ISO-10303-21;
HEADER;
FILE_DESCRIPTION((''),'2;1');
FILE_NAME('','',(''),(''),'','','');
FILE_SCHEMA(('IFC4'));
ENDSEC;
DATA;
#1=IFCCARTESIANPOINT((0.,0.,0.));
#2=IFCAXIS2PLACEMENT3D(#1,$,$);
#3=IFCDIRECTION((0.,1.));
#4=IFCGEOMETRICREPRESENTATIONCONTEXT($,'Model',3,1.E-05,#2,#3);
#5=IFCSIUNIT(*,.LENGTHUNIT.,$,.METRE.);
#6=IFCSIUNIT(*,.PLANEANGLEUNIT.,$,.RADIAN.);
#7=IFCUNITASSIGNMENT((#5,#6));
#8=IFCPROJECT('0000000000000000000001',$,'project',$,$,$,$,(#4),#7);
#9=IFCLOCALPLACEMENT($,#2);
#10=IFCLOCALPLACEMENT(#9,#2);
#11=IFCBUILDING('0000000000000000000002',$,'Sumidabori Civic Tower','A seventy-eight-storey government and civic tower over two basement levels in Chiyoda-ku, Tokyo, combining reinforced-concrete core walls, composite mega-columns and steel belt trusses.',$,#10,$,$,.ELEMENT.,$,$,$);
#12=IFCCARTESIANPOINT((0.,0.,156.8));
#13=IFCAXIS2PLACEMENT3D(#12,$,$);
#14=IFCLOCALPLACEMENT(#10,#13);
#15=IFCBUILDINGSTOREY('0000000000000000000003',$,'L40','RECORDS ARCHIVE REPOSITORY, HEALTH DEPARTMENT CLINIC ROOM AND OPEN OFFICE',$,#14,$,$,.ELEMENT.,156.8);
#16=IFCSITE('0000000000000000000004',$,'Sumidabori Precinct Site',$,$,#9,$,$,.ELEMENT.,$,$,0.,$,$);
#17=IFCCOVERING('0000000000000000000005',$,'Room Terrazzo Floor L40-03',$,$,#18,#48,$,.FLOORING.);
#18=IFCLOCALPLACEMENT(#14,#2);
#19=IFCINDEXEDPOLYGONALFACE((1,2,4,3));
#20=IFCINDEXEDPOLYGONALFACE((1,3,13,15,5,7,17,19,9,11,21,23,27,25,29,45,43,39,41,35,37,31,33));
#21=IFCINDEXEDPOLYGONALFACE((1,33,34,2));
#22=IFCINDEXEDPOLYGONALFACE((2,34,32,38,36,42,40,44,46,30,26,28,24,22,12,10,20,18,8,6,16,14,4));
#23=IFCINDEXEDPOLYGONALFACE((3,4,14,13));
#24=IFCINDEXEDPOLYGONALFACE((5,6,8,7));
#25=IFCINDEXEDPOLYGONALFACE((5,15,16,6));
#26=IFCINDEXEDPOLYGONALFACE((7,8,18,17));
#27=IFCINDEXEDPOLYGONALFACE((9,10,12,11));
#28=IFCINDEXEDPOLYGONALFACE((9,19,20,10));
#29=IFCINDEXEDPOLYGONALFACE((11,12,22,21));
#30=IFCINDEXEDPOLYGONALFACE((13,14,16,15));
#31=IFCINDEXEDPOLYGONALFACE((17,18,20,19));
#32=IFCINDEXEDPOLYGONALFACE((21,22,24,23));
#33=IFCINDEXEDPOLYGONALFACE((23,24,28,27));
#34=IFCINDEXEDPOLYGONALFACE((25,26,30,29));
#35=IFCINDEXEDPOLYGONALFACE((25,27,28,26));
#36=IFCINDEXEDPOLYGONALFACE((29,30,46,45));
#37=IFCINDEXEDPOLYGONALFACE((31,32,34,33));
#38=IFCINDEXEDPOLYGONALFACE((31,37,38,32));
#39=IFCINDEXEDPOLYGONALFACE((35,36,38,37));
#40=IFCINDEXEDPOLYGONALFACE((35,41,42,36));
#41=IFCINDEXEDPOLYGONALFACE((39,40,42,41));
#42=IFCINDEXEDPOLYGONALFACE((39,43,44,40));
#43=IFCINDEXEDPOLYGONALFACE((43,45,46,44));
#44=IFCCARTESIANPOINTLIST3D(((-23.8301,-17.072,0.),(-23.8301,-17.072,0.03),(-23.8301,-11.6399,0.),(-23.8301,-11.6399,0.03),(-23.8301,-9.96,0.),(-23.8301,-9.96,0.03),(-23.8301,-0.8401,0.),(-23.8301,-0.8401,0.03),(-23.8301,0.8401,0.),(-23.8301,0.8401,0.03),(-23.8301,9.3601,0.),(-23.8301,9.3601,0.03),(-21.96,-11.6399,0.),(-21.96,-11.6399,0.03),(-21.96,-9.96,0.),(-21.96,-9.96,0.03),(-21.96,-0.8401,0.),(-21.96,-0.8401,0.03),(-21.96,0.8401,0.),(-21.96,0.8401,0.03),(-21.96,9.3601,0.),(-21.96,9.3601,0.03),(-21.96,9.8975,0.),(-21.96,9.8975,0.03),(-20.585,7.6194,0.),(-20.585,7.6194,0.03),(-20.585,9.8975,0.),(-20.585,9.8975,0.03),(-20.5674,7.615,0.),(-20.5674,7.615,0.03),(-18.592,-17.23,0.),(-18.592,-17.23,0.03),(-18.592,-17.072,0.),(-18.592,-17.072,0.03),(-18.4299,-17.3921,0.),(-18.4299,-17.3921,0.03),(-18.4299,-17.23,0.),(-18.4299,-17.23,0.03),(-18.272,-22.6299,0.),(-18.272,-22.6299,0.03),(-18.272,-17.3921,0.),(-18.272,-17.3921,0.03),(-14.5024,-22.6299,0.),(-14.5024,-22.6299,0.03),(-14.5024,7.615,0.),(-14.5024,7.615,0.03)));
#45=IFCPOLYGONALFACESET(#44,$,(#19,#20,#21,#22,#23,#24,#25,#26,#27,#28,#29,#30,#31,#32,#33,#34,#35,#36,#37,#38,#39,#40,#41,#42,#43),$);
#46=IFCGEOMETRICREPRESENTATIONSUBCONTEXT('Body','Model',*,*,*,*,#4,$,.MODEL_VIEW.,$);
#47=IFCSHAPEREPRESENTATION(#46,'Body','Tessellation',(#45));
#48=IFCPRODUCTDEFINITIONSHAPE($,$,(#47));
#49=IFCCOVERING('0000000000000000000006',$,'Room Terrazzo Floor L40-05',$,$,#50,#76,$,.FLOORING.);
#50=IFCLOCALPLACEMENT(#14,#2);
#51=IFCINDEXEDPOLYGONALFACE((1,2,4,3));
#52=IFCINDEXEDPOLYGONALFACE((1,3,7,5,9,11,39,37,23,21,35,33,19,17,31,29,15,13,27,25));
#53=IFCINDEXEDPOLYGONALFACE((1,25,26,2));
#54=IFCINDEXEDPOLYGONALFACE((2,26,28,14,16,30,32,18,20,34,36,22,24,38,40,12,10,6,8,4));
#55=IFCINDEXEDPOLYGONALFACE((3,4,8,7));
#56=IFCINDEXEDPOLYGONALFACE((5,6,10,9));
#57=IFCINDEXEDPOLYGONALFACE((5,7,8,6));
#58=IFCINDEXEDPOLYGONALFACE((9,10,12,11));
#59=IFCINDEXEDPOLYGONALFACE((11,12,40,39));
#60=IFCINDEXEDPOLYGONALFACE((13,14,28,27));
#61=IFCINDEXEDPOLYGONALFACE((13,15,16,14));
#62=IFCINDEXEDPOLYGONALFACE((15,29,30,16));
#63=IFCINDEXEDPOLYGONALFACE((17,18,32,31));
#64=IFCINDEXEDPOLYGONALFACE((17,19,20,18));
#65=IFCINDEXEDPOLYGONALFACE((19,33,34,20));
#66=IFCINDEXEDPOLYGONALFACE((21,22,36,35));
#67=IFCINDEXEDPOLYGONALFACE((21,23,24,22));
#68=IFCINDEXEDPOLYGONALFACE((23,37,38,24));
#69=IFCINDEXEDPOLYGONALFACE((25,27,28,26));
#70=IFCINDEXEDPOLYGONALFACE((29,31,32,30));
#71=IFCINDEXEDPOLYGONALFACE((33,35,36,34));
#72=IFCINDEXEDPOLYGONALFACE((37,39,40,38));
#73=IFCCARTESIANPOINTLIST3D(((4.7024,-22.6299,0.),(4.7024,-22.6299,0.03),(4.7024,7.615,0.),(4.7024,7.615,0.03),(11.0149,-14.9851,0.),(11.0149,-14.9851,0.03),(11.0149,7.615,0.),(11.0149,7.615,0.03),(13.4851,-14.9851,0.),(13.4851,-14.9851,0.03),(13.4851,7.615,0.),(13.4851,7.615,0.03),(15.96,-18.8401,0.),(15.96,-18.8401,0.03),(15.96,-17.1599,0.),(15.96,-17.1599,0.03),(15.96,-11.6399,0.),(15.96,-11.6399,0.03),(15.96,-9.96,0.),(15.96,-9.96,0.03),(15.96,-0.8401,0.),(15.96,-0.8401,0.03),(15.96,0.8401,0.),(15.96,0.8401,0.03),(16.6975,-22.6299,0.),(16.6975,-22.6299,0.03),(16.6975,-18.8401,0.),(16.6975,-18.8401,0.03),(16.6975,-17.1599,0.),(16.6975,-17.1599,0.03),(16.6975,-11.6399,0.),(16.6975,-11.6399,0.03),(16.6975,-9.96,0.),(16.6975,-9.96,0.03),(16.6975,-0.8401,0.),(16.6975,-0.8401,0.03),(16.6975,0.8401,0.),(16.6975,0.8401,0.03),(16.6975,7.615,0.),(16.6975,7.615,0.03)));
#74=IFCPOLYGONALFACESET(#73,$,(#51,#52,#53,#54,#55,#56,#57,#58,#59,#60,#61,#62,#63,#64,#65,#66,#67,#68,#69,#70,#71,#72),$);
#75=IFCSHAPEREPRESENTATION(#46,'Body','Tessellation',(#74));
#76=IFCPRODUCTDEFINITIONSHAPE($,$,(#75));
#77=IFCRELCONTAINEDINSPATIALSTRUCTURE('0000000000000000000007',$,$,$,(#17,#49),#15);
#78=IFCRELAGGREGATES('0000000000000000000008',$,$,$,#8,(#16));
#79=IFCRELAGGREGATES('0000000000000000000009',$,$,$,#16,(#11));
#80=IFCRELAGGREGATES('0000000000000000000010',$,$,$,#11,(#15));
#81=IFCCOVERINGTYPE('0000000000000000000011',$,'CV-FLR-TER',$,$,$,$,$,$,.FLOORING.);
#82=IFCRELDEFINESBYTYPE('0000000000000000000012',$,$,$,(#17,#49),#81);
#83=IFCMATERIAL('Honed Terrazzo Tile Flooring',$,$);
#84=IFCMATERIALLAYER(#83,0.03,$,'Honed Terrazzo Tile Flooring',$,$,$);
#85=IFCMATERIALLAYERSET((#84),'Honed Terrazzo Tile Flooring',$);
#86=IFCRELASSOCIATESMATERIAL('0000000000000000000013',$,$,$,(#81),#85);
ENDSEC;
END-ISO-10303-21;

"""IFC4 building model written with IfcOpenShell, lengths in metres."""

from ifc_helpers import new_model, si_unit, direction, frame, origin, place, context, subcontext, project, spatial, polyline, outline, extrude, material, layer, layer_set, type_object, element, save


model = new_model("IFC4")

# Units and contexts
model_context = context("Model", 3, precision=1e-05, world=origin(), true_north=direction((0.0, 1.0)))
body_context = subcontext(model_context, "Body", "Model", "MODEL_VIEW")
ifc_project = project(units=[si_unit("LENGTHUNIT", "METRE"), si_unit("PLANEANGLEUNIT", "RADIAN")], contexts=[model_context])

# Site, building, storey
site_placement = place(None, origin())
site = spatial("IfcSite", under=ifc_project, at=site_placement, Name="Sumidabori Precinct Site", CompositionType="ELEMENT", RefElevation=0.0)
building_placement = place(site_placement, origin())
building = spatial("IfcBuilding", under=site, at=building_placement, Name="Sumidabori Civic Tower", Description="A seventy-eight-storey government and civic tower over two basement levels in Chiyoda-ku, Tokyo, combining reinforced-concrete core walls, composite mega-columns and steel belt trusses.", CompositionType="ELEMENT")
storey_placement = place(building_placement, frame((0.0, 0.0, 156.8)))
storey = spatial("IfcBuildingStorey", under=building, at=storey_placement, Name="L40", Description="RECORDS ARCHIVE REPOSITORY, HEALTH DEPARTMENT CLINIC ROOM AND OPEN OFFICE", CompositionType="ELEMENT", Elevation=156.8)

# Coverings
ifc_material_1 = material(Name="Honed Terrazzo Tile Flooring")
ifc_layer_1 = layer(ifc_material_1, 0.03, Name="Honed Terrazzo Tile Flooring")
ifc_layer_set_1 = layer_set([ifc_layer_1], Name="Honed Terrazzo Tile Flooring")
covering_type_1 = type_object("IfcCoveringType", Name="CV-FLR-TER", PredefinedType="FLOORING", material=ifc_layer_set_1)
covering_1_placement = place(storey_placement, origin())
element("IfcCovering", 1, at=covering_1_placement, inside=storey, type_object=covering_type_1, Name="Room Terrazzo Floor L40-03", PredefinedType="FLOORING", context=body_context, shape_type="SweptSolid", body=[
    extrude(outline(polyline([(-23.8301, -0.8401), (-21.96, -0.8401), (-21.96, 0.8401), (-23.8301, 0.8401), (-23.8301, 9.3601), (-21.96, 9.3601), (-21.96, 9.8975), (-20.585, 9.8975), (-20.585, 7.6194), (-20.5674, 7.615), (-14.5024, 7.615), (-14.5024, -22.6299), (-18.272, -22.6299), (-18.272, -17.3921), (-18.4299, -17.3921), (-18.4299, -17.23), (-18.592, -17.23), (-18.592, -17.072), (-23.8301, -17.072), (-23.8301, -11.6399), (-21.96, -11.6399), (-21.96, -9.96), (-23.8301, -9.96), (-23.8301, -0.8401)])), origin(), (0.0, 0.0, 1.0), 0.03),
])
covering_2_placement = place(storey_placement, origin())
element("IfcCovering", 2, at=covering_2_placement, inside=storey, type_object=covering_type_1, Name="Room Terrazzo Floor L40-05", PredefinedType="FLOORING", context=body_context, shape_type="SweptSolid", body=[
    extrude(outline(polyline([(4.7024, -22.6299), (4.7024, 7.615), (11.0149, 7.615), (11.0149, -14.9851), (13.4851, -14.9851), (13.4851, 7.615), (16.6975, 7.615), (16.6975, 0.8401), (15.96, 0.8401), (15.96, -0.8401), (16.6975, -0.8401), (16.6975, -9.96), (15.96, -9.96), (15.96, -11.6399), (16.6975, -11.6399), (16.6975, -17.1599), (15.96, -17.1599), (15.96, -18.8401), (16.6975, -18.8401), (16.6975, -22.6299), (4.7024, -22.6299)])), origin(), (0.0, 0.0, 1.0), 0.03),
])

save(model, "model.ifc")
